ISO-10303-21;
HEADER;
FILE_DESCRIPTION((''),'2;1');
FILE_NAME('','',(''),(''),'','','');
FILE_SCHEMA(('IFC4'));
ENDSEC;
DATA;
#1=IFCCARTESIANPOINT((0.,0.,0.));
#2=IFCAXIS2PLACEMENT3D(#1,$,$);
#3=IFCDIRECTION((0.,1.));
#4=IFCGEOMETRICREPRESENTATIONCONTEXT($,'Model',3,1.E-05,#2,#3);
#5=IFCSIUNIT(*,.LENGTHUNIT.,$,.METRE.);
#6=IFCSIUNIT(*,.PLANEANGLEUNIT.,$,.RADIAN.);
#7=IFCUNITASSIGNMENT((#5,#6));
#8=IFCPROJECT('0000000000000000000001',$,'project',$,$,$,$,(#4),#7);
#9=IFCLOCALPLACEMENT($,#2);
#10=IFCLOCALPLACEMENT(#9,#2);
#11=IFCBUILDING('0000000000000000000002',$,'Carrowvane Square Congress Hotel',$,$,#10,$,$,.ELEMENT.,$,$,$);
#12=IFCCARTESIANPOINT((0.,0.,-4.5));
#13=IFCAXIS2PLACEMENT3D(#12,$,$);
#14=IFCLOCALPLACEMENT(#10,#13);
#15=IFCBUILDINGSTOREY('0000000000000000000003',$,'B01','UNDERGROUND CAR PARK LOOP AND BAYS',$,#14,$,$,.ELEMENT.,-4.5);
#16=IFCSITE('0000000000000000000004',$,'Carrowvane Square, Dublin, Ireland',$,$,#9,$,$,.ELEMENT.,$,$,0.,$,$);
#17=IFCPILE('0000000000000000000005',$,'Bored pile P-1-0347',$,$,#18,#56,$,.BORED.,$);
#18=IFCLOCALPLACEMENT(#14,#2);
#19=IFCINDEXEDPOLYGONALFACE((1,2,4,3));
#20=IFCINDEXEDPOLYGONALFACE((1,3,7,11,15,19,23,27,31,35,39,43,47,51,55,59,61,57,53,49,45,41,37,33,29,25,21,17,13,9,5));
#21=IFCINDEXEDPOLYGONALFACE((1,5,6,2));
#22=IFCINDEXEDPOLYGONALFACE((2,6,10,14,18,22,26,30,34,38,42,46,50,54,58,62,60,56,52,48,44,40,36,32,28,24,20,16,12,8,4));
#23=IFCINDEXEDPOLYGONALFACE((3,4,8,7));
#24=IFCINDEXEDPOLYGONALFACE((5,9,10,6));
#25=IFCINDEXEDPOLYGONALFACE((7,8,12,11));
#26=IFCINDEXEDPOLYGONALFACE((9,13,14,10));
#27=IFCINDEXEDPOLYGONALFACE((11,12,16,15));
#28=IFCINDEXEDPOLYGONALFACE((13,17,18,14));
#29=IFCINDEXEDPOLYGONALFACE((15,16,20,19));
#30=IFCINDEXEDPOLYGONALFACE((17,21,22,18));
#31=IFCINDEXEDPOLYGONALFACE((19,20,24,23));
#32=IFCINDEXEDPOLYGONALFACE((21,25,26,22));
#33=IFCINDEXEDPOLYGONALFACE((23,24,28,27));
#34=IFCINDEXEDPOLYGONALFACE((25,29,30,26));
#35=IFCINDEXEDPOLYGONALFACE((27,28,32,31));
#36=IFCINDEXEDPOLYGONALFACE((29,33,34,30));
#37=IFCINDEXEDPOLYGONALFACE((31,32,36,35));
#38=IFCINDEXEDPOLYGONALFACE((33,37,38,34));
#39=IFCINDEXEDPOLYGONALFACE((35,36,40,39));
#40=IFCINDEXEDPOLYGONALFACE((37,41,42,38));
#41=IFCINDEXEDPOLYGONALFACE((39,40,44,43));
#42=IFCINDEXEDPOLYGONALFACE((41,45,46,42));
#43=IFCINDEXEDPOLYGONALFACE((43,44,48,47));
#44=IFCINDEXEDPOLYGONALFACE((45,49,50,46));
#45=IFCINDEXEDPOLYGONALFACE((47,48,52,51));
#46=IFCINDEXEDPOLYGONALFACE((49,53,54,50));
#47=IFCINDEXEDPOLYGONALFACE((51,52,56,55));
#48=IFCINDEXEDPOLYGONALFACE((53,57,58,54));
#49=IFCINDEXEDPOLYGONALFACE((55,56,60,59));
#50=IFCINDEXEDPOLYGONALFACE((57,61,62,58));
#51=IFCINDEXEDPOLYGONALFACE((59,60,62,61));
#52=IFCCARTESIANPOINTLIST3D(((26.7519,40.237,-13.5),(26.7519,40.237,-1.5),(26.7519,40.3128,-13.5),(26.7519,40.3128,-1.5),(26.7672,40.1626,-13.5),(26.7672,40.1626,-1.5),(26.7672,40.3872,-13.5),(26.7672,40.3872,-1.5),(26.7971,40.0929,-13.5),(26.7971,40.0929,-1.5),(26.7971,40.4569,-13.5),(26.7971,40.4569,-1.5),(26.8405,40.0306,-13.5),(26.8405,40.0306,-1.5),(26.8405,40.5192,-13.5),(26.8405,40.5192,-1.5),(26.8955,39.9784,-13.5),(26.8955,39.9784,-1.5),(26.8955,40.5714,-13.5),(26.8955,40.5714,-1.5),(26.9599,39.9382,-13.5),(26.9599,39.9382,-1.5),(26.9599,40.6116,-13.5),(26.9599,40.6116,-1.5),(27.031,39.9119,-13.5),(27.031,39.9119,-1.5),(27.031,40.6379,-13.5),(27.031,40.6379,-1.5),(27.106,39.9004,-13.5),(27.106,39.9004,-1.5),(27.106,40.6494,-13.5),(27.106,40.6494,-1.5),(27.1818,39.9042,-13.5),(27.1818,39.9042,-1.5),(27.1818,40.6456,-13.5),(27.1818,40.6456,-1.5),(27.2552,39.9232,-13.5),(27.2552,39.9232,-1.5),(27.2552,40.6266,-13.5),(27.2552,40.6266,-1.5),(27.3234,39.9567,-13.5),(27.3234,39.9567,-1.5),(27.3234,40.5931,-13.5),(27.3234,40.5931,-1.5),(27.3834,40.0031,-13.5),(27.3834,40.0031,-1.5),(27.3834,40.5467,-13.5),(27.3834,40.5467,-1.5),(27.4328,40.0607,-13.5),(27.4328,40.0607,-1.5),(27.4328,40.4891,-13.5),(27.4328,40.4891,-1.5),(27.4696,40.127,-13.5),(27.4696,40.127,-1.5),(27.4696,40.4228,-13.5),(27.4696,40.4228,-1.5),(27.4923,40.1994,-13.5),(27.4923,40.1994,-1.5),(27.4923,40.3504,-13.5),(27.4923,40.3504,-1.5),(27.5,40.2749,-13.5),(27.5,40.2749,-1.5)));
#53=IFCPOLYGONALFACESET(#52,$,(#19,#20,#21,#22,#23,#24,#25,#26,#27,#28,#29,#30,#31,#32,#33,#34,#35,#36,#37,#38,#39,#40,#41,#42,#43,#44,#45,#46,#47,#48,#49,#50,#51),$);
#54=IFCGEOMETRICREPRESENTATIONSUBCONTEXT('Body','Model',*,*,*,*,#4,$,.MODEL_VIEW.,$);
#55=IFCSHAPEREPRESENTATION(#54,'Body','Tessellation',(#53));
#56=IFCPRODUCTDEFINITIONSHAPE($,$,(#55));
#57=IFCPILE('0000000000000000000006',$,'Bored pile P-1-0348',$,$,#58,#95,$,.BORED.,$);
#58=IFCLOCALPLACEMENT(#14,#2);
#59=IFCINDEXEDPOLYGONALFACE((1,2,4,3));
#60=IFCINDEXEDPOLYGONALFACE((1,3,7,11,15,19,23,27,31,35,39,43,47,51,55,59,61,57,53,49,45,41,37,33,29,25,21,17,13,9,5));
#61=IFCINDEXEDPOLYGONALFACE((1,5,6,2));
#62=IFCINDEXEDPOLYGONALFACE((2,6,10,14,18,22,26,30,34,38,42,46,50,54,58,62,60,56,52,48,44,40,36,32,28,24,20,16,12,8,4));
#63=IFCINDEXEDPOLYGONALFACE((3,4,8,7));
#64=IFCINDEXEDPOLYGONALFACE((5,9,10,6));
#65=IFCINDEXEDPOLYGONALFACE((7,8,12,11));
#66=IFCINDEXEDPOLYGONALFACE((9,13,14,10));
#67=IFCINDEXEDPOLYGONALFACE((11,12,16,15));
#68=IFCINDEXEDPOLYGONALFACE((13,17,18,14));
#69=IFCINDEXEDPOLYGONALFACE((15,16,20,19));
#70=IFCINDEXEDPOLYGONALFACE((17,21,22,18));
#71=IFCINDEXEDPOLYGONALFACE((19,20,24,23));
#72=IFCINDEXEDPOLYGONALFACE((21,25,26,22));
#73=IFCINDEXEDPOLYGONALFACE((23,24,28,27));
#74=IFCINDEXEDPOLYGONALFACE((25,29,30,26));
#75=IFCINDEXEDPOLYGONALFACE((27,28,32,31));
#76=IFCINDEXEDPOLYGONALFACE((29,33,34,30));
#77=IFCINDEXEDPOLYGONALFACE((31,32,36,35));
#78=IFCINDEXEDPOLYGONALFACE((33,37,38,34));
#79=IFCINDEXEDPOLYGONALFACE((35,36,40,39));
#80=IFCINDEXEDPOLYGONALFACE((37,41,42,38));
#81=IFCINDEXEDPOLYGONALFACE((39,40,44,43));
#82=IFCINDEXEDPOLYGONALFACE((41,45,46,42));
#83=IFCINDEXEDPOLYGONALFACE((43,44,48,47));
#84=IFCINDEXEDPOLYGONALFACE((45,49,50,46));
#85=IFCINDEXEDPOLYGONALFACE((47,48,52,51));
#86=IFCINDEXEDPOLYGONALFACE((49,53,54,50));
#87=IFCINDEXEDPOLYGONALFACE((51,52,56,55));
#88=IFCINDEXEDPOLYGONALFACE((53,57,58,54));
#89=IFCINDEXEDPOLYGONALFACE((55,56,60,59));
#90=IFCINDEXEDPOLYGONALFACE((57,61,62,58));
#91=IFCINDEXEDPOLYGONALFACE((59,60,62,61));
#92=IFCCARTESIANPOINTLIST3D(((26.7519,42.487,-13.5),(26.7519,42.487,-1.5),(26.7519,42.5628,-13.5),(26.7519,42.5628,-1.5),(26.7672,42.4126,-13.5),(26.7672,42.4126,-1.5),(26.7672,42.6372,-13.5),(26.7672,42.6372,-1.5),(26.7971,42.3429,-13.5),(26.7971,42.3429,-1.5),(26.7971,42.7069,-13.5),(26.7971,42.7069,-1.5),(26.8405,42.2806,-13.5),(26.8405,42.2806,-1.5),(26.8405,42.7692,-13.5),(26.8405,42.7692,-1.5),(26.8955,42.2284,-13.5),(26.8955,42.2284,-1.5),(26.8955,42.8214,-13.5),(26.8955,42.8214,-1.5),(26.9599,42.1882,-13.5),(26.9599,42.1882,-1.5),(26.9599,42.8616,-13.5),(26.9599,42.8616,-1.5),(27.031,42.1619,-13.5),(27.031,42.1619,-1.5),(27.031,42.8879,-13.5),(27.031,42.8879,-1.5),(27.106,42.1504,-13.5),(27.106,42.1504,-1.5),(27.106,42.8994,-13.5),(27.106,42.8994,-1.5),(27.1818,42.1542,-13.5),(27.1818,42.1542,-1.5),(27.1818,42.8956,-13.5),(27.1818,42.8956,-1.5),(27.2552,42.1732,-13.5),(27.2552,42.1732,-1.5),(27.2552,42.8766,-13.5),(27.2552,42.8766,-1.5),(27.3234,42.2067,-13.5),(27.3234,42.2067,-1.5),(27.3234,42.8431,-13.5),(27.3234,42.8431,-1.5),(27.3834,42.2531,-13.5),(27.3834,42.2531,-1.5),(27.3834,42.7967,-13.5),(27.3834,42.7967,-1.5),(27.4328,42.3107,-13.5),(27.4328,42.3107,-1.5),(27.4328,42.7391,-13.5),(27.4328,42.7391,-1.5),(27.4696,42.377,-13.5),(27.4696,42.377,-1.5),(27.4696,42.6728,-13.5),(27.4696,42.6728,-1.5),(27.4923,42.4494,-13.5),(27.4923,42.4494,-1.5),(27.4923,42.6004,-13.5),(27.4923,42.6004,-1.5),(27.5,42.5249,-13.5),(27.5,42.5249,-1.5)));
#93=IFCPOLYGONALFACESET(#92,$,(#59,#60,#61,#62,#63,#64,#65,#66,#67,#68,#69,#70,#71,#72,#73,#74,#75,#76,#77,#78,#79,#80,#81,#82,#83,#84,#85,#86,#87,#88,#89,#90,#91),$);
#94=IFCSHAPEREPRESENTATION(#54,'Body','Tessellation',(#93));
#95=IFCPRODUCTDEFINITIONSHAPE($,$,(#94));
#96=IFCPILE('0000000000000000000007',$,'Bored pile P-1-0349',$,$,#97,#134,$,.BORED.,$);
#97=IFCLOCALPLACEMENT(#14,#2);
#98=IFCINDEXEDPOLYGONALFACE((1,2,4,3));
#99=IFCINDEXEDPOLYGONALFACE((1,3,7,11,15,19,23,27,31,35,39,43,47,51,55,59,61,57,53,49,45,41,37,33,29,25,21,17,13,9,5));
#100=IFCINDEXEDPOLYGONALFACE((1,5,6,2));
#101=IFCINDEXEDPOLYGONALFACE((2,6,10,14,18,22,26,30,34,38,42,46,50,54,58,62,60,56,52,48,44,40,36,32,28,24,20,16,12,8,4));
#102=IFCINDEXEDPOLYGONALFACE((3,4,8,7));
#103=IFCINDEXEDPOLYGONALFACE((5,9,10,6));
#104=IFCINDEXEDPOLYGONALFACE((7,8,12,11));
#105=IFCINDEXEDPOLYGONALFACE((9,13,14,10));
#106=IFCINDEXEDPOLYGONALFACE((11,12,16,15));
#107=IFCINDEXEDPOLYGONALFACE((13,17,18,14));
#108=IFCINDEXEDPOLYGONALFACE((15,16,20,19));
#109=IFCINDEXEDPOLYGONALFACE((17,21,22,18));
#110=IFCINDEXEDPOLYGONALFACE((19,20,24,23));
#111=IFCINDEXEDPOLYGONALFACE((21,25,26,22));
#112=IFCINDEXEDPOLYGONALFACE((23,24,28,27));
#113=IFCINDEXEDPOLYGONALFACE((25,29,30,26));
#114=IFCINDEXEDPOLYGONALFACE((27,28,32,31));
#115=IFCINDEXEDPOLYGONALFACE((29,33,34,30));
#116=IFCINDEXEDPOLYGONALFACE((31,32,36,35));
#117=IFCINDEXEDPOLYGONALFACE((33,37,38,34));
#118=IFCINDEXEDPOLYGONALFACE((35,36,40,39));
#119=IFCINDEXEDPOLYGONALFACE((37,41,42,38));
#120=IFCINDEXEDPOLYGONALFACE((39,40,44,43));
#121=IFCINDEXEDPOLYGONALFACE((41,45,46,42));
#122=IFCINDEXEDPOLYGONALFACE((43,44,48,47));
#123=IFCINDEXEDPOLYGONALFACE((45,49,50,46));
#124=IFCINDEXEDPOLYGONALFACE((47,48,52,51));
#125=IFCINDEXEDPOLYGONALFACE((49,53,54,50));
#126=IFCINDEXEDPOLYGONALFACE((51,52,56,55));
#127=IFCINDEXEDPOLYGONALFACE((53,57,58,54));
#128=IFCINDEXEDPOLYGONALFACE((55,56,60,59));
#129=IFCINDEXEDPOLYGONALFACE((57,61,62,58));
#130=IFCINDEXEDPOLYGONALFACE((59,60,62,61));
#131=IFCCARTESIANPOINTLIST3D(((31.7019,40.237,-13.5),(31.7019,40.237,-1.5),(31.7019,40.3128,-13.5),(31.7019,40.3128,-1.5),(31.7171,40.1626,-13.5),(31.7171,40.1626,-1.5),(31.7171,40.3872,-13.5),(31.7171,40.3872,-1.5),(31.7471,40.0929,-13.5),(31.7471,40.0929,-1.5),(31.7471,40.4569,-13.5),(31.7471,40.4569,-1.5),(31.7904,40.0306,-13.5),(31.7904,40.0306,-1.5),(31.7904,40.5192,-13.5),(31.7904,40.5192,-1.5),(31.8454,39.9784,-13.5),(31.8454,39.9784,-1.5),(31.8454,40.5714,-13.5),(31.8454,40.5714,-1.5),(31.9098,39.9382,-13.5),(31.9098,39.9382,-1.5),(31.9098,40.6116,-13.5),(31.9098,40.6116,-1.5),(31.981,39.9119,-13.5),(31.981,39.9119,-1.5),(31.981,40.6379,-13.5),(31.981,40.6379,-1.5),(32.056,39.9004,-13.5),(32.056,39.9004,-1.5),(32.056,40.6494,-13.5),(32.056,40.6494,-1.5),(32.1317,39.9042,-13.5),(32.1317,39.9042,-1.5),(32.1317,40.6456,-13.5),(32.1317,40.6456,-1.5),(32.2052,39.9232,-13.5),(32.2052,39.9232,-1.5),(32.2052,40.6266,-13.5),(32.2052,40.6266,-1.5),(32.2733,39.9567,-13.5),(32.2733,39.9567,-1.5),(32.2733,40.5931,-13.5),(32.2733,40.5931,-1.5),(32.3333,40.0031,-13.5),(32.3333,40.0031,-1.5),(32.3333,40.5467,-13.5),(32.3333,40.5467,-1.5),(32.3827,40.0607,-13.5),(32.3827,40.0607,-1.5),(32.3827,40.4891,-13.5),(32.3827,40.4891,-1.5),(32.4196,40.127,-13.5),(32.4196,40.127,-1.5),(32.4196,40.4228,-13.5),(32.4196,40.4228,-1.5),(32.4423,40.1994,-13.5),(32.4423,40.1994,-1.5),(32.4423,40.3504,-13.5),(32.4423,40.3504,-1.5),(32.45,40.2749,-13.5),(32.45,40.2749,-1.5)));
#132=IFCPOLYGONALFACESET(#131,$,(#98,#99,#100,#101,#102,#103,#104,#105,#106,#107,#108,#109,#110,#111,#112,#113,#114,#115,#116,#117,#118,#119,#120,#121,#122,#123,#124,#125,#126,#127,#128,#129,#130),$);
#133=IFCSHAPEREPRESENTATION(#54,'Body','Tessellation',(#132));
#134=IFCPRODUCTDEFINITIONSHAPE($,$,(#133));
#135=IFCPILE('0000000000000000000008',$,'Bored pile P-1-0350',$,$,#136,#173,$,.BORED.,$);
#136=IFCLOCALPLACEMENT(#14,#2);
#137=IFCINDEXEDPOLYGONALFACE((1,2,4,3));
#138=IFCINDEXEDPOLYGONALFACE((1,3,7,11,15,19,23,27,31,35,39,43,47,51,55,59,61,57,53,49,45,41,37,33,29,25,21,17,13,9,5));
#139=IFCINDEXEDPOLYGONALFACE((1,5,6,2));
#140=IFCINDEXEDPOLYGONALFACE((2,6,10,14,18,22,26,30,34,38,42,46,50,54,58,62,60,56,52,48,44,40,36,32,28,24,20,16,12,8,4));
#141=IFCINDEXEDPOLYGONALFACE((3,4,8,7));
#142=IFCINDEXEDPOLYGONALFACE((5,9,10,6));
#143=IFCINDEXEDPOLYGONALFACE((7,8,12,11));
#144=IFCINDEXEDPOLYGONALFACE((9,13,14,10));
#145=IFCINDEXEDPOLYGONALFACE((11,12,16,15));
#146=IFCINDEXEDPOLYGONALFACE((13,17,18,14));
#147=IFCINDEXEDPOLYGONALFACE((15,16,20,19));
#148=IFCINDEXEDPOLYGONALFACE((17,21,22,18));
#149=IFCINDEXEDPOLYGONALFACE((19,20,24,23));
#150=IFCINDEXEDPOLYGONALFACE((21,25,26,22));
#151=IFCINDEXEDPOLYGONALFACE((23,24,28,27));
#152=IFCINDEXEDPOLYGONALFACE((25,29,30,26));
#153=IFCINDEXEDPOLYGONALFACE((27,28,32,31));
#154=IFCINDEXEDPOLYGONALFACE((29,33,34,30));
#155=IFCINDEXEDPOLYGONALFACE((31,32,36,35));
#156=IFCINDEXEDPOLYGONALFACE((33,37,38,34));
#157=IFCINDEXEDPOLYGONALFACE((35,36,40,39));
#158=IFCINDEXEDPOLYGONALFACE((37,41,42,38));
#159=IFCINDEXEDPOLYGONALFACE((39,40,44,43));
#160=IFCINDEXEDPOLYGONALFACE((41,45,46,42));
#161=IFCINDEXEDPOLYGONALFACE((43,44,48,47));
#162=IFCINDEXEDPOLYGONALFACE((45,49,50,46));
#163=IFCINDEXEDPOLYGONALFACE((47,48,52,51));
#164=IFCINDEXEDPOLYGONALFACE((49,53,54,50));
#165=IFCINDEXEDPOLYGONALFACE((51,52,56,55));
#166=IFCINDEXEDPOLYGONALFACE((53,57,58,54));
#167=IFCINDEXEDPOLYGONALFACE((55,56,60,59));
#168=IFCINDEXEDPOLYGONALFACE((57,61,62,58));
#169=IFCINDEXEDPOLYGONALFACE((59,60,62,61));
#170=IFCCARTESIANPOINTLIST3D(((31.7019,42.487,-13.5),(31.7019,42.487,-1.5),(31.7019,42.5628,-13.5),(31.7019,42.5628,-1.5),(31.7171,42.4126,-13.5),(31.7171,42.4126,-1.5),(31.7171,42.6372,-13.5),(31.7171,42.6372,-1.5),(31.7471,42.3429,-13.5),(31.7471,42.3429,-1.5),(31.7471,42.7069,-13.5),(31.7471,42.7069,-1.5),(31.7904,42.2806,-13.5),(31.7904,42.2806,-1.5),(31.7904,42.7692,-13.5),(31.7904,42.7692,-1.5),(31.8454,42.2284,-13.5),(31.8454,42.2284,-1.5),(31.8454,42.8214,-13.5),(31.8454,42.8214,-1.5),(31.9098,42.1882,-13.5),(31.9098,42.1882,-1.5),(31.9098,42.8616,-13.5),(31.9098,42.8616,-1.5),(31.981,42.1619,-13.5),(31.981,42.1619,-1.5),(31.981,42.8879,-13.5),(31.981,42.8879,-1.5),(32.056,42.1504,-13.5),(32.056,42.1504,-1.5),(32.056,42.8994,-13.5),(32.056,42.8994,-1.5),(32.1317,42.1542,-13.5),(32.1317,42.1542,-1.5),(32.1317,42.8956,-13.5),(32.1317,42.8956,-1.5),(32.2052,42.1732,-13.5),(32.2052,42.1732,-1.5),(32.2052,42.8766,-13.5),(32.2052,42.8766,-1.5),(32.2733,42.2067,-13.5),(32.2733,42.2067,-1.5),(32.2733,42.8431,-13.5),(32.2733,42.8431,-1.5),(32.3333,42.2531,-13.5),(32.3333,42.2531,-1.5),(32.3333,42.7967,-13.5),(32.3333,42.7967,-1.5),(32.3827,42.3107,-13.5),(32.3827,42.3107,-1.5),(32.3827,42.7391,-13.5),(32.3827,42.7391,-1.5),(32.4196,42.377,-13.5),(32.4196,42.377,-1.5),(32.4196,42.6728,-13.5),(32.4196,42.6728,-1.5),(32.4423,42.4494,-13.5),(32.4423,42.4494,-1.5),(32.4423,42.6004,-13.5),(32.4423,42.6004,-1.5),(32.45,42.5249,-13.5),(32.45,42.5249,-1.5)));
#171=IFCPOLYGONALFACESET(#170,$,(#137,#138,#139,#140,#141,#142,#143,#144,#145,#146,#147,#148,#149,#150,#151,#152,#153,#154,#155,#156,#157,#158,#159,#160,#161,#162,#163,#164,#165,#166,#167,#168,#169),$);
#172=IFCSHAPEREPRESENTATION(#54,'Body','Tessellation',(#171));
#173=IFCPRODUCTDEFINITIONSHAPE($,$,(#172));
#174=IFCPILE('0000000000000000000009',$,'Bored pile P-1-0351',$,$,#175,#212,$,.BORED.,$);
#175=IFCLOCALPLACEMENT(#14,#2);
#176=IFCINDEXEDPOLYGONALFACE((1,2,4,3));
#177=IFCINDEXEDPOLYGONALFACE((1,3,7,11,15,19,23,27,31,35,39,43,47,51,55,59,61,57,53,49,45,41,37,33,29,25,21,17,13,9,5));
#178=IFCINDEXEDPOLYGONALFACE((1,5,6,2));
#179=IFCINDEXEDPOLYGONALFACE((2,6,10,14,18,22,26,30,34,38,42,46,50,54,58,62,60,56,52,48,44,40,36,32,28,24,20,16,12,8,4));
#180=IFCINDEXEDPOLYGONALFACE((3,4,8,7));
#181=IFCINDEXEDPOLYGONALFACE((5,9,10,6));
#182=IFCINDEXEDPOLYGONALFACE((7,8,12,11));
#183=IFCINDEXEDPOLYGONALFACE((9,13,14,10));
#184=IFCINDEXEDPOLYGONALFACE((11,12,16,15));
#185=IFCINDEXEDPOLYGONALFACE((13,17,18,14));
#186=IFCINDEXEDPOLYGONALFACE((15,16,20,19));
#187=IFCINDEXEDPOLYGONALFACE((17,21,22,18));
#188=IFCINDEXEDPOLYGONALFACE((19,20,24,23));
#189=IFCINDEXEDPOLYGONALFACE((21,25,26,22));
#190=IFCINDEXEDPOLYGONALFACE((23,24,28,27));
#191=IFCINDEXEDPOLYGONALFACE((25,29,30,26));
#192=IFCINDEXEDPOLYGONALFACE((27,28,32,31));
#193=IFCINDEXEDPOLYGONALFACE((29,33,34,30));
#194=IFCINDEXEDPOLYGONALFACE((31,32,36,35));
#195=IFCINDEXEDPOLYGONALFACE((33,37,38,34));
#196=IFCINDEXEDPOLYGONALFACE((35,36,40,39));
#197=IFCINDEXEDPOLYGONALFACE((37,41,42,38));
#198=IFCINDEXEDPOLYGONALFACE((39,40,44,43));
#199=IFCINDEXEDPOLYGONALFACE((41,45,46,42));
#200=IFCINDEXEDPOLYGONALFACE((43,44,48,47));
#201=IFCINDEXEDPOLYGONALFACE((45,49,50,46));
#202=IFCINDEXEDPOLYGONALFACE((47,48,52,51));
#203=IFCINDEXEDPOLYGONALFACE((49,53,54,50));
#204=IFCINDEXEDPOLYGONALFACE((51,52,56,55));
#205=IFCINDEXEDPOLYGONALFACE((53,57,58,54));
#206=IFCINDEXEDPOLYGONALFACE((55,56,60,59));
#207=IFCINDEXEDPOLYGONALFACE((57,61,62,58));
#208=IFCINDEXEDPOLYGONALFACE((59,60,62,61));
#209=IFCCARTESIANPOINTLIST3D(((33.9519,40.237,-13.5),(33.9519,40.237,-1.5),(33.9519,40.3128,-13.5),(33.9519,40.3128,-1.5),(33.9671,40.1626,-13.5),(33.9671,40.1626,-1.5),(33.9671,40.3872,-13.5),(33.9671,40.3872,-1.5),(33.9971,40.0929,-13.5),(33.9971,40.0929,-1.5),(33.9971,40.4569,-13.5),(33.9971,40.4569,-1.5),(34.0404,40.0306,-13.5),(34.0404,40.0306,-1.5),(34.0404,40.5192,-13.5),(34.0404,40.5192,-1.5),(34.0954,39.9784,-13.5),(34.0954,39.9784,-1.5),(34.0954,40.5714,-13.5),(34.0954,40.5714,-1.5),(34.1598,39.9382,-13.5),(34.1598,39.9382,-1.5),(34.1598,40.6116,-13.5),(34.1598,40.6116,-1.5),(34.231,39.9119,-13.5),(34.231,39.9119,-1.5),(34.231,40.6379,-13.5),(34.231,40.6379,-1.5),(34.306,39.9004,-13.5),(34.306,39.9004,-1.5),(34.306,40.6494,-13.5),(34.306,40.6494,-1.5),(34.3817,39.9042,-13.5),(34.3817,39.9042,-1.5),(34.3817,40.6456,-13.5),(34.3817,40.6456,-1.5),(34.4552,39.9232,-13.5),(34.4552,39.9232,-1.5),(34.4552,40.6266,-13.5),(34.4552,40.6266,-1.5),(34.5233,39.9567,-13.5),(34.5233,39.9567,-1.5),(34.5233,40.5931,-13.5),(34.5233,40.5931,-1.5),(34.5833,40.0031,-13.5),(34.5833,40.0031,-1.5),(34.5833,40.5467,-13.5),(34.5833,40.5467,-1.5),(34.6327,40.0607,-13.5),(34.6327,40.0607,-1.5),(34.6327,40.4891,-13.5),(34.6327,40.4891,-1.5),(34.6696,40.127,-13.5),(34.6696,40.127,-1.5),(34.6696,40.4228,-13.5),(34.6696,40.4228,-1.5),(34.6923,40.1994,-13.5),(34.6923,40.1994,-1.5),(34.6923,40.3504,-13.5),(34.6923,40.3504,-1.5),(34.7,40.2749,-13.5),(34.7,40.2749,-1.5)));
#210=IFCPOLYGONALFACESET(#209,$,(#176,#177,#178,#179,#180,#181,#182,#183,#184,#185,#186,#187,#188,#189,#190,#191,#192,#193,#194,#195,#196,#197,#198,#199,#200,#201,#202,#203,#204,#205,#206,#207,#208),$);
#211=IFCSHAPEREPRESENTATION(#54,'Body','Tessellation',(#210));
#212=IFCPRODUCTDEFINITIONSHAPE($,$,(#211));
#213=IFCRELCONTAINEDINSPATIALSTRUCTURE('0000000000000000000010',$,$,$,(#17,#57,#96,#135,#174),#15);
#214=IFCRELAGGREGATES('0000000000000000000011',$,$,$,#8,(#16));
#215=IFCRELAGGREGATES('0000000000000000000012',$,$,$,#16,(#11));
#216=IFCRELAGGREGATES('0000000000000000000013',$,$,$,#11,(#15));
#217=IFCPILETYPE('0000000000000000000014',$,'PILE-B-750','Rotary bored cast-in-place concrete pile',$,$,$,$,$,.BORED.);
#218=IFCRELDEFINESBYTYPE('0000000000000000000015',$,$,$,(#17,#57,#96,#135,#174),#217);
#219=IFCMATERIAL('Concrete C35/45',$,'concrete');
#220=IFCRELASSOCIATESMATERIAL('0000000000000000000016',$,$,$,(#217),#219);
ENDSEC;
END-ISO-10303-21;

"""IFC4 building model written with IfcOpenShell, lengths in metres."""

from ifc_helpers import new_model, si_unit, direction, frame, origin, origin_2d, place, context, subcontext, project, spatial, circle, extrude, material, material_profile, profile_set, type_object, element, save


model = new_model("IFC4")

# Units and contexts
model_context = context("Model", 3, precision=1e-05, world=origin(), true_north=direction((0.0, 1.0)))
body_context = subcontext(model_context, "Body", "Model", "MODEL_VIEW")
ifc_project = project(units=[si_unit("LENGTHUNIT", "METRE"), si_unit("PLANEANGLEUNIT", "RADIAN")], contexts=[model_context])

# Site, building, storey
site_placement = place(None, origin())
site = spatial("IfcSite", under=ifc_project, at=site_placement, Name="Carrowvane Square, Dublin, Ireland", CompositionType="ELEMENT", RefElevation=0.0)
building_placement = place(site_placement, origin())
building = spatial("IfcBuilding", under=site, at=building_placement, Name="Carrowvane Square Congress Hotel", CompositionType="ELEMENT")
storey_placement = place(building_placement, frame((0.0, 0.0, -4.5)))
storey = spatial("IfcBuildingStorey", under=building, at=storey_placement, Name="B01", Description="UNDERGROUND CAR PARK LOOP AND BAYS", CompositionType="ELEMENT", Elevation=-4.5)

# Piles
ifc_material_1 = material(Name="Concrete C35/45", Category="concrete")
ifc_material_profile_1 = material_profile(ifc_material_1, circle(Radius=0.375, at=origin_2d()), Name="PILE D750")
ifc_profile_set_1 = profile_set([ifc_material_profile_1], Name="Concrete C35/45")
pile_type = type_object("IfcPileType", Name="PILE-B-750", Description="Rotary bored cast-in-place concrete pile", PredefinedType="BORED", material=ifc_profile_set_1)
for number, where, z_axis, x_axis, name in (
    (1, (27.125, 40.2749, -1.5), (0.0, 0.0, -1.0), (1.0, 0.0, 0.0), "Bored pile P-1-0347"),
    (2, (27.125, 42.5249, -1.5), (0.0, 0.0, -1.0), (1.0, 0.0, 0.0), "Bored pile P-1-0348"),
    (3, (32.075, 40.2749, -1.5), (0.0, 0.0, -1.0), (1.0, 0.0, 0.0), "Bored pile P-1-0349"),
    (4, (32.075, 42.5249, -1.5), (0.0, 0.0, -1.0), (1.0, 0.0, 0.0), "Bored pile P-1-0350"),
    (5, (34.325, 40.2749, -1.5), (0.0, 0.0, -1.0), (1.0, 0.0, 0.0), "Bored pile P-1-0351"),
):
    element("IfcPile", number, at=place(storey_placement, frame(where, z_axis=z_axis, x_axis=x_axis)), inside=storey, type_object=pile_type, Name=name, PredefinedType="BORED", context=body_context, shape_type="SweptSolid", body=[
        extrude(circle(Radius=0.375, at=origin_2d()), origin(), (0.0, 0.0, 1.0), 12.0),
    ])

save(model, "model.ifc")
